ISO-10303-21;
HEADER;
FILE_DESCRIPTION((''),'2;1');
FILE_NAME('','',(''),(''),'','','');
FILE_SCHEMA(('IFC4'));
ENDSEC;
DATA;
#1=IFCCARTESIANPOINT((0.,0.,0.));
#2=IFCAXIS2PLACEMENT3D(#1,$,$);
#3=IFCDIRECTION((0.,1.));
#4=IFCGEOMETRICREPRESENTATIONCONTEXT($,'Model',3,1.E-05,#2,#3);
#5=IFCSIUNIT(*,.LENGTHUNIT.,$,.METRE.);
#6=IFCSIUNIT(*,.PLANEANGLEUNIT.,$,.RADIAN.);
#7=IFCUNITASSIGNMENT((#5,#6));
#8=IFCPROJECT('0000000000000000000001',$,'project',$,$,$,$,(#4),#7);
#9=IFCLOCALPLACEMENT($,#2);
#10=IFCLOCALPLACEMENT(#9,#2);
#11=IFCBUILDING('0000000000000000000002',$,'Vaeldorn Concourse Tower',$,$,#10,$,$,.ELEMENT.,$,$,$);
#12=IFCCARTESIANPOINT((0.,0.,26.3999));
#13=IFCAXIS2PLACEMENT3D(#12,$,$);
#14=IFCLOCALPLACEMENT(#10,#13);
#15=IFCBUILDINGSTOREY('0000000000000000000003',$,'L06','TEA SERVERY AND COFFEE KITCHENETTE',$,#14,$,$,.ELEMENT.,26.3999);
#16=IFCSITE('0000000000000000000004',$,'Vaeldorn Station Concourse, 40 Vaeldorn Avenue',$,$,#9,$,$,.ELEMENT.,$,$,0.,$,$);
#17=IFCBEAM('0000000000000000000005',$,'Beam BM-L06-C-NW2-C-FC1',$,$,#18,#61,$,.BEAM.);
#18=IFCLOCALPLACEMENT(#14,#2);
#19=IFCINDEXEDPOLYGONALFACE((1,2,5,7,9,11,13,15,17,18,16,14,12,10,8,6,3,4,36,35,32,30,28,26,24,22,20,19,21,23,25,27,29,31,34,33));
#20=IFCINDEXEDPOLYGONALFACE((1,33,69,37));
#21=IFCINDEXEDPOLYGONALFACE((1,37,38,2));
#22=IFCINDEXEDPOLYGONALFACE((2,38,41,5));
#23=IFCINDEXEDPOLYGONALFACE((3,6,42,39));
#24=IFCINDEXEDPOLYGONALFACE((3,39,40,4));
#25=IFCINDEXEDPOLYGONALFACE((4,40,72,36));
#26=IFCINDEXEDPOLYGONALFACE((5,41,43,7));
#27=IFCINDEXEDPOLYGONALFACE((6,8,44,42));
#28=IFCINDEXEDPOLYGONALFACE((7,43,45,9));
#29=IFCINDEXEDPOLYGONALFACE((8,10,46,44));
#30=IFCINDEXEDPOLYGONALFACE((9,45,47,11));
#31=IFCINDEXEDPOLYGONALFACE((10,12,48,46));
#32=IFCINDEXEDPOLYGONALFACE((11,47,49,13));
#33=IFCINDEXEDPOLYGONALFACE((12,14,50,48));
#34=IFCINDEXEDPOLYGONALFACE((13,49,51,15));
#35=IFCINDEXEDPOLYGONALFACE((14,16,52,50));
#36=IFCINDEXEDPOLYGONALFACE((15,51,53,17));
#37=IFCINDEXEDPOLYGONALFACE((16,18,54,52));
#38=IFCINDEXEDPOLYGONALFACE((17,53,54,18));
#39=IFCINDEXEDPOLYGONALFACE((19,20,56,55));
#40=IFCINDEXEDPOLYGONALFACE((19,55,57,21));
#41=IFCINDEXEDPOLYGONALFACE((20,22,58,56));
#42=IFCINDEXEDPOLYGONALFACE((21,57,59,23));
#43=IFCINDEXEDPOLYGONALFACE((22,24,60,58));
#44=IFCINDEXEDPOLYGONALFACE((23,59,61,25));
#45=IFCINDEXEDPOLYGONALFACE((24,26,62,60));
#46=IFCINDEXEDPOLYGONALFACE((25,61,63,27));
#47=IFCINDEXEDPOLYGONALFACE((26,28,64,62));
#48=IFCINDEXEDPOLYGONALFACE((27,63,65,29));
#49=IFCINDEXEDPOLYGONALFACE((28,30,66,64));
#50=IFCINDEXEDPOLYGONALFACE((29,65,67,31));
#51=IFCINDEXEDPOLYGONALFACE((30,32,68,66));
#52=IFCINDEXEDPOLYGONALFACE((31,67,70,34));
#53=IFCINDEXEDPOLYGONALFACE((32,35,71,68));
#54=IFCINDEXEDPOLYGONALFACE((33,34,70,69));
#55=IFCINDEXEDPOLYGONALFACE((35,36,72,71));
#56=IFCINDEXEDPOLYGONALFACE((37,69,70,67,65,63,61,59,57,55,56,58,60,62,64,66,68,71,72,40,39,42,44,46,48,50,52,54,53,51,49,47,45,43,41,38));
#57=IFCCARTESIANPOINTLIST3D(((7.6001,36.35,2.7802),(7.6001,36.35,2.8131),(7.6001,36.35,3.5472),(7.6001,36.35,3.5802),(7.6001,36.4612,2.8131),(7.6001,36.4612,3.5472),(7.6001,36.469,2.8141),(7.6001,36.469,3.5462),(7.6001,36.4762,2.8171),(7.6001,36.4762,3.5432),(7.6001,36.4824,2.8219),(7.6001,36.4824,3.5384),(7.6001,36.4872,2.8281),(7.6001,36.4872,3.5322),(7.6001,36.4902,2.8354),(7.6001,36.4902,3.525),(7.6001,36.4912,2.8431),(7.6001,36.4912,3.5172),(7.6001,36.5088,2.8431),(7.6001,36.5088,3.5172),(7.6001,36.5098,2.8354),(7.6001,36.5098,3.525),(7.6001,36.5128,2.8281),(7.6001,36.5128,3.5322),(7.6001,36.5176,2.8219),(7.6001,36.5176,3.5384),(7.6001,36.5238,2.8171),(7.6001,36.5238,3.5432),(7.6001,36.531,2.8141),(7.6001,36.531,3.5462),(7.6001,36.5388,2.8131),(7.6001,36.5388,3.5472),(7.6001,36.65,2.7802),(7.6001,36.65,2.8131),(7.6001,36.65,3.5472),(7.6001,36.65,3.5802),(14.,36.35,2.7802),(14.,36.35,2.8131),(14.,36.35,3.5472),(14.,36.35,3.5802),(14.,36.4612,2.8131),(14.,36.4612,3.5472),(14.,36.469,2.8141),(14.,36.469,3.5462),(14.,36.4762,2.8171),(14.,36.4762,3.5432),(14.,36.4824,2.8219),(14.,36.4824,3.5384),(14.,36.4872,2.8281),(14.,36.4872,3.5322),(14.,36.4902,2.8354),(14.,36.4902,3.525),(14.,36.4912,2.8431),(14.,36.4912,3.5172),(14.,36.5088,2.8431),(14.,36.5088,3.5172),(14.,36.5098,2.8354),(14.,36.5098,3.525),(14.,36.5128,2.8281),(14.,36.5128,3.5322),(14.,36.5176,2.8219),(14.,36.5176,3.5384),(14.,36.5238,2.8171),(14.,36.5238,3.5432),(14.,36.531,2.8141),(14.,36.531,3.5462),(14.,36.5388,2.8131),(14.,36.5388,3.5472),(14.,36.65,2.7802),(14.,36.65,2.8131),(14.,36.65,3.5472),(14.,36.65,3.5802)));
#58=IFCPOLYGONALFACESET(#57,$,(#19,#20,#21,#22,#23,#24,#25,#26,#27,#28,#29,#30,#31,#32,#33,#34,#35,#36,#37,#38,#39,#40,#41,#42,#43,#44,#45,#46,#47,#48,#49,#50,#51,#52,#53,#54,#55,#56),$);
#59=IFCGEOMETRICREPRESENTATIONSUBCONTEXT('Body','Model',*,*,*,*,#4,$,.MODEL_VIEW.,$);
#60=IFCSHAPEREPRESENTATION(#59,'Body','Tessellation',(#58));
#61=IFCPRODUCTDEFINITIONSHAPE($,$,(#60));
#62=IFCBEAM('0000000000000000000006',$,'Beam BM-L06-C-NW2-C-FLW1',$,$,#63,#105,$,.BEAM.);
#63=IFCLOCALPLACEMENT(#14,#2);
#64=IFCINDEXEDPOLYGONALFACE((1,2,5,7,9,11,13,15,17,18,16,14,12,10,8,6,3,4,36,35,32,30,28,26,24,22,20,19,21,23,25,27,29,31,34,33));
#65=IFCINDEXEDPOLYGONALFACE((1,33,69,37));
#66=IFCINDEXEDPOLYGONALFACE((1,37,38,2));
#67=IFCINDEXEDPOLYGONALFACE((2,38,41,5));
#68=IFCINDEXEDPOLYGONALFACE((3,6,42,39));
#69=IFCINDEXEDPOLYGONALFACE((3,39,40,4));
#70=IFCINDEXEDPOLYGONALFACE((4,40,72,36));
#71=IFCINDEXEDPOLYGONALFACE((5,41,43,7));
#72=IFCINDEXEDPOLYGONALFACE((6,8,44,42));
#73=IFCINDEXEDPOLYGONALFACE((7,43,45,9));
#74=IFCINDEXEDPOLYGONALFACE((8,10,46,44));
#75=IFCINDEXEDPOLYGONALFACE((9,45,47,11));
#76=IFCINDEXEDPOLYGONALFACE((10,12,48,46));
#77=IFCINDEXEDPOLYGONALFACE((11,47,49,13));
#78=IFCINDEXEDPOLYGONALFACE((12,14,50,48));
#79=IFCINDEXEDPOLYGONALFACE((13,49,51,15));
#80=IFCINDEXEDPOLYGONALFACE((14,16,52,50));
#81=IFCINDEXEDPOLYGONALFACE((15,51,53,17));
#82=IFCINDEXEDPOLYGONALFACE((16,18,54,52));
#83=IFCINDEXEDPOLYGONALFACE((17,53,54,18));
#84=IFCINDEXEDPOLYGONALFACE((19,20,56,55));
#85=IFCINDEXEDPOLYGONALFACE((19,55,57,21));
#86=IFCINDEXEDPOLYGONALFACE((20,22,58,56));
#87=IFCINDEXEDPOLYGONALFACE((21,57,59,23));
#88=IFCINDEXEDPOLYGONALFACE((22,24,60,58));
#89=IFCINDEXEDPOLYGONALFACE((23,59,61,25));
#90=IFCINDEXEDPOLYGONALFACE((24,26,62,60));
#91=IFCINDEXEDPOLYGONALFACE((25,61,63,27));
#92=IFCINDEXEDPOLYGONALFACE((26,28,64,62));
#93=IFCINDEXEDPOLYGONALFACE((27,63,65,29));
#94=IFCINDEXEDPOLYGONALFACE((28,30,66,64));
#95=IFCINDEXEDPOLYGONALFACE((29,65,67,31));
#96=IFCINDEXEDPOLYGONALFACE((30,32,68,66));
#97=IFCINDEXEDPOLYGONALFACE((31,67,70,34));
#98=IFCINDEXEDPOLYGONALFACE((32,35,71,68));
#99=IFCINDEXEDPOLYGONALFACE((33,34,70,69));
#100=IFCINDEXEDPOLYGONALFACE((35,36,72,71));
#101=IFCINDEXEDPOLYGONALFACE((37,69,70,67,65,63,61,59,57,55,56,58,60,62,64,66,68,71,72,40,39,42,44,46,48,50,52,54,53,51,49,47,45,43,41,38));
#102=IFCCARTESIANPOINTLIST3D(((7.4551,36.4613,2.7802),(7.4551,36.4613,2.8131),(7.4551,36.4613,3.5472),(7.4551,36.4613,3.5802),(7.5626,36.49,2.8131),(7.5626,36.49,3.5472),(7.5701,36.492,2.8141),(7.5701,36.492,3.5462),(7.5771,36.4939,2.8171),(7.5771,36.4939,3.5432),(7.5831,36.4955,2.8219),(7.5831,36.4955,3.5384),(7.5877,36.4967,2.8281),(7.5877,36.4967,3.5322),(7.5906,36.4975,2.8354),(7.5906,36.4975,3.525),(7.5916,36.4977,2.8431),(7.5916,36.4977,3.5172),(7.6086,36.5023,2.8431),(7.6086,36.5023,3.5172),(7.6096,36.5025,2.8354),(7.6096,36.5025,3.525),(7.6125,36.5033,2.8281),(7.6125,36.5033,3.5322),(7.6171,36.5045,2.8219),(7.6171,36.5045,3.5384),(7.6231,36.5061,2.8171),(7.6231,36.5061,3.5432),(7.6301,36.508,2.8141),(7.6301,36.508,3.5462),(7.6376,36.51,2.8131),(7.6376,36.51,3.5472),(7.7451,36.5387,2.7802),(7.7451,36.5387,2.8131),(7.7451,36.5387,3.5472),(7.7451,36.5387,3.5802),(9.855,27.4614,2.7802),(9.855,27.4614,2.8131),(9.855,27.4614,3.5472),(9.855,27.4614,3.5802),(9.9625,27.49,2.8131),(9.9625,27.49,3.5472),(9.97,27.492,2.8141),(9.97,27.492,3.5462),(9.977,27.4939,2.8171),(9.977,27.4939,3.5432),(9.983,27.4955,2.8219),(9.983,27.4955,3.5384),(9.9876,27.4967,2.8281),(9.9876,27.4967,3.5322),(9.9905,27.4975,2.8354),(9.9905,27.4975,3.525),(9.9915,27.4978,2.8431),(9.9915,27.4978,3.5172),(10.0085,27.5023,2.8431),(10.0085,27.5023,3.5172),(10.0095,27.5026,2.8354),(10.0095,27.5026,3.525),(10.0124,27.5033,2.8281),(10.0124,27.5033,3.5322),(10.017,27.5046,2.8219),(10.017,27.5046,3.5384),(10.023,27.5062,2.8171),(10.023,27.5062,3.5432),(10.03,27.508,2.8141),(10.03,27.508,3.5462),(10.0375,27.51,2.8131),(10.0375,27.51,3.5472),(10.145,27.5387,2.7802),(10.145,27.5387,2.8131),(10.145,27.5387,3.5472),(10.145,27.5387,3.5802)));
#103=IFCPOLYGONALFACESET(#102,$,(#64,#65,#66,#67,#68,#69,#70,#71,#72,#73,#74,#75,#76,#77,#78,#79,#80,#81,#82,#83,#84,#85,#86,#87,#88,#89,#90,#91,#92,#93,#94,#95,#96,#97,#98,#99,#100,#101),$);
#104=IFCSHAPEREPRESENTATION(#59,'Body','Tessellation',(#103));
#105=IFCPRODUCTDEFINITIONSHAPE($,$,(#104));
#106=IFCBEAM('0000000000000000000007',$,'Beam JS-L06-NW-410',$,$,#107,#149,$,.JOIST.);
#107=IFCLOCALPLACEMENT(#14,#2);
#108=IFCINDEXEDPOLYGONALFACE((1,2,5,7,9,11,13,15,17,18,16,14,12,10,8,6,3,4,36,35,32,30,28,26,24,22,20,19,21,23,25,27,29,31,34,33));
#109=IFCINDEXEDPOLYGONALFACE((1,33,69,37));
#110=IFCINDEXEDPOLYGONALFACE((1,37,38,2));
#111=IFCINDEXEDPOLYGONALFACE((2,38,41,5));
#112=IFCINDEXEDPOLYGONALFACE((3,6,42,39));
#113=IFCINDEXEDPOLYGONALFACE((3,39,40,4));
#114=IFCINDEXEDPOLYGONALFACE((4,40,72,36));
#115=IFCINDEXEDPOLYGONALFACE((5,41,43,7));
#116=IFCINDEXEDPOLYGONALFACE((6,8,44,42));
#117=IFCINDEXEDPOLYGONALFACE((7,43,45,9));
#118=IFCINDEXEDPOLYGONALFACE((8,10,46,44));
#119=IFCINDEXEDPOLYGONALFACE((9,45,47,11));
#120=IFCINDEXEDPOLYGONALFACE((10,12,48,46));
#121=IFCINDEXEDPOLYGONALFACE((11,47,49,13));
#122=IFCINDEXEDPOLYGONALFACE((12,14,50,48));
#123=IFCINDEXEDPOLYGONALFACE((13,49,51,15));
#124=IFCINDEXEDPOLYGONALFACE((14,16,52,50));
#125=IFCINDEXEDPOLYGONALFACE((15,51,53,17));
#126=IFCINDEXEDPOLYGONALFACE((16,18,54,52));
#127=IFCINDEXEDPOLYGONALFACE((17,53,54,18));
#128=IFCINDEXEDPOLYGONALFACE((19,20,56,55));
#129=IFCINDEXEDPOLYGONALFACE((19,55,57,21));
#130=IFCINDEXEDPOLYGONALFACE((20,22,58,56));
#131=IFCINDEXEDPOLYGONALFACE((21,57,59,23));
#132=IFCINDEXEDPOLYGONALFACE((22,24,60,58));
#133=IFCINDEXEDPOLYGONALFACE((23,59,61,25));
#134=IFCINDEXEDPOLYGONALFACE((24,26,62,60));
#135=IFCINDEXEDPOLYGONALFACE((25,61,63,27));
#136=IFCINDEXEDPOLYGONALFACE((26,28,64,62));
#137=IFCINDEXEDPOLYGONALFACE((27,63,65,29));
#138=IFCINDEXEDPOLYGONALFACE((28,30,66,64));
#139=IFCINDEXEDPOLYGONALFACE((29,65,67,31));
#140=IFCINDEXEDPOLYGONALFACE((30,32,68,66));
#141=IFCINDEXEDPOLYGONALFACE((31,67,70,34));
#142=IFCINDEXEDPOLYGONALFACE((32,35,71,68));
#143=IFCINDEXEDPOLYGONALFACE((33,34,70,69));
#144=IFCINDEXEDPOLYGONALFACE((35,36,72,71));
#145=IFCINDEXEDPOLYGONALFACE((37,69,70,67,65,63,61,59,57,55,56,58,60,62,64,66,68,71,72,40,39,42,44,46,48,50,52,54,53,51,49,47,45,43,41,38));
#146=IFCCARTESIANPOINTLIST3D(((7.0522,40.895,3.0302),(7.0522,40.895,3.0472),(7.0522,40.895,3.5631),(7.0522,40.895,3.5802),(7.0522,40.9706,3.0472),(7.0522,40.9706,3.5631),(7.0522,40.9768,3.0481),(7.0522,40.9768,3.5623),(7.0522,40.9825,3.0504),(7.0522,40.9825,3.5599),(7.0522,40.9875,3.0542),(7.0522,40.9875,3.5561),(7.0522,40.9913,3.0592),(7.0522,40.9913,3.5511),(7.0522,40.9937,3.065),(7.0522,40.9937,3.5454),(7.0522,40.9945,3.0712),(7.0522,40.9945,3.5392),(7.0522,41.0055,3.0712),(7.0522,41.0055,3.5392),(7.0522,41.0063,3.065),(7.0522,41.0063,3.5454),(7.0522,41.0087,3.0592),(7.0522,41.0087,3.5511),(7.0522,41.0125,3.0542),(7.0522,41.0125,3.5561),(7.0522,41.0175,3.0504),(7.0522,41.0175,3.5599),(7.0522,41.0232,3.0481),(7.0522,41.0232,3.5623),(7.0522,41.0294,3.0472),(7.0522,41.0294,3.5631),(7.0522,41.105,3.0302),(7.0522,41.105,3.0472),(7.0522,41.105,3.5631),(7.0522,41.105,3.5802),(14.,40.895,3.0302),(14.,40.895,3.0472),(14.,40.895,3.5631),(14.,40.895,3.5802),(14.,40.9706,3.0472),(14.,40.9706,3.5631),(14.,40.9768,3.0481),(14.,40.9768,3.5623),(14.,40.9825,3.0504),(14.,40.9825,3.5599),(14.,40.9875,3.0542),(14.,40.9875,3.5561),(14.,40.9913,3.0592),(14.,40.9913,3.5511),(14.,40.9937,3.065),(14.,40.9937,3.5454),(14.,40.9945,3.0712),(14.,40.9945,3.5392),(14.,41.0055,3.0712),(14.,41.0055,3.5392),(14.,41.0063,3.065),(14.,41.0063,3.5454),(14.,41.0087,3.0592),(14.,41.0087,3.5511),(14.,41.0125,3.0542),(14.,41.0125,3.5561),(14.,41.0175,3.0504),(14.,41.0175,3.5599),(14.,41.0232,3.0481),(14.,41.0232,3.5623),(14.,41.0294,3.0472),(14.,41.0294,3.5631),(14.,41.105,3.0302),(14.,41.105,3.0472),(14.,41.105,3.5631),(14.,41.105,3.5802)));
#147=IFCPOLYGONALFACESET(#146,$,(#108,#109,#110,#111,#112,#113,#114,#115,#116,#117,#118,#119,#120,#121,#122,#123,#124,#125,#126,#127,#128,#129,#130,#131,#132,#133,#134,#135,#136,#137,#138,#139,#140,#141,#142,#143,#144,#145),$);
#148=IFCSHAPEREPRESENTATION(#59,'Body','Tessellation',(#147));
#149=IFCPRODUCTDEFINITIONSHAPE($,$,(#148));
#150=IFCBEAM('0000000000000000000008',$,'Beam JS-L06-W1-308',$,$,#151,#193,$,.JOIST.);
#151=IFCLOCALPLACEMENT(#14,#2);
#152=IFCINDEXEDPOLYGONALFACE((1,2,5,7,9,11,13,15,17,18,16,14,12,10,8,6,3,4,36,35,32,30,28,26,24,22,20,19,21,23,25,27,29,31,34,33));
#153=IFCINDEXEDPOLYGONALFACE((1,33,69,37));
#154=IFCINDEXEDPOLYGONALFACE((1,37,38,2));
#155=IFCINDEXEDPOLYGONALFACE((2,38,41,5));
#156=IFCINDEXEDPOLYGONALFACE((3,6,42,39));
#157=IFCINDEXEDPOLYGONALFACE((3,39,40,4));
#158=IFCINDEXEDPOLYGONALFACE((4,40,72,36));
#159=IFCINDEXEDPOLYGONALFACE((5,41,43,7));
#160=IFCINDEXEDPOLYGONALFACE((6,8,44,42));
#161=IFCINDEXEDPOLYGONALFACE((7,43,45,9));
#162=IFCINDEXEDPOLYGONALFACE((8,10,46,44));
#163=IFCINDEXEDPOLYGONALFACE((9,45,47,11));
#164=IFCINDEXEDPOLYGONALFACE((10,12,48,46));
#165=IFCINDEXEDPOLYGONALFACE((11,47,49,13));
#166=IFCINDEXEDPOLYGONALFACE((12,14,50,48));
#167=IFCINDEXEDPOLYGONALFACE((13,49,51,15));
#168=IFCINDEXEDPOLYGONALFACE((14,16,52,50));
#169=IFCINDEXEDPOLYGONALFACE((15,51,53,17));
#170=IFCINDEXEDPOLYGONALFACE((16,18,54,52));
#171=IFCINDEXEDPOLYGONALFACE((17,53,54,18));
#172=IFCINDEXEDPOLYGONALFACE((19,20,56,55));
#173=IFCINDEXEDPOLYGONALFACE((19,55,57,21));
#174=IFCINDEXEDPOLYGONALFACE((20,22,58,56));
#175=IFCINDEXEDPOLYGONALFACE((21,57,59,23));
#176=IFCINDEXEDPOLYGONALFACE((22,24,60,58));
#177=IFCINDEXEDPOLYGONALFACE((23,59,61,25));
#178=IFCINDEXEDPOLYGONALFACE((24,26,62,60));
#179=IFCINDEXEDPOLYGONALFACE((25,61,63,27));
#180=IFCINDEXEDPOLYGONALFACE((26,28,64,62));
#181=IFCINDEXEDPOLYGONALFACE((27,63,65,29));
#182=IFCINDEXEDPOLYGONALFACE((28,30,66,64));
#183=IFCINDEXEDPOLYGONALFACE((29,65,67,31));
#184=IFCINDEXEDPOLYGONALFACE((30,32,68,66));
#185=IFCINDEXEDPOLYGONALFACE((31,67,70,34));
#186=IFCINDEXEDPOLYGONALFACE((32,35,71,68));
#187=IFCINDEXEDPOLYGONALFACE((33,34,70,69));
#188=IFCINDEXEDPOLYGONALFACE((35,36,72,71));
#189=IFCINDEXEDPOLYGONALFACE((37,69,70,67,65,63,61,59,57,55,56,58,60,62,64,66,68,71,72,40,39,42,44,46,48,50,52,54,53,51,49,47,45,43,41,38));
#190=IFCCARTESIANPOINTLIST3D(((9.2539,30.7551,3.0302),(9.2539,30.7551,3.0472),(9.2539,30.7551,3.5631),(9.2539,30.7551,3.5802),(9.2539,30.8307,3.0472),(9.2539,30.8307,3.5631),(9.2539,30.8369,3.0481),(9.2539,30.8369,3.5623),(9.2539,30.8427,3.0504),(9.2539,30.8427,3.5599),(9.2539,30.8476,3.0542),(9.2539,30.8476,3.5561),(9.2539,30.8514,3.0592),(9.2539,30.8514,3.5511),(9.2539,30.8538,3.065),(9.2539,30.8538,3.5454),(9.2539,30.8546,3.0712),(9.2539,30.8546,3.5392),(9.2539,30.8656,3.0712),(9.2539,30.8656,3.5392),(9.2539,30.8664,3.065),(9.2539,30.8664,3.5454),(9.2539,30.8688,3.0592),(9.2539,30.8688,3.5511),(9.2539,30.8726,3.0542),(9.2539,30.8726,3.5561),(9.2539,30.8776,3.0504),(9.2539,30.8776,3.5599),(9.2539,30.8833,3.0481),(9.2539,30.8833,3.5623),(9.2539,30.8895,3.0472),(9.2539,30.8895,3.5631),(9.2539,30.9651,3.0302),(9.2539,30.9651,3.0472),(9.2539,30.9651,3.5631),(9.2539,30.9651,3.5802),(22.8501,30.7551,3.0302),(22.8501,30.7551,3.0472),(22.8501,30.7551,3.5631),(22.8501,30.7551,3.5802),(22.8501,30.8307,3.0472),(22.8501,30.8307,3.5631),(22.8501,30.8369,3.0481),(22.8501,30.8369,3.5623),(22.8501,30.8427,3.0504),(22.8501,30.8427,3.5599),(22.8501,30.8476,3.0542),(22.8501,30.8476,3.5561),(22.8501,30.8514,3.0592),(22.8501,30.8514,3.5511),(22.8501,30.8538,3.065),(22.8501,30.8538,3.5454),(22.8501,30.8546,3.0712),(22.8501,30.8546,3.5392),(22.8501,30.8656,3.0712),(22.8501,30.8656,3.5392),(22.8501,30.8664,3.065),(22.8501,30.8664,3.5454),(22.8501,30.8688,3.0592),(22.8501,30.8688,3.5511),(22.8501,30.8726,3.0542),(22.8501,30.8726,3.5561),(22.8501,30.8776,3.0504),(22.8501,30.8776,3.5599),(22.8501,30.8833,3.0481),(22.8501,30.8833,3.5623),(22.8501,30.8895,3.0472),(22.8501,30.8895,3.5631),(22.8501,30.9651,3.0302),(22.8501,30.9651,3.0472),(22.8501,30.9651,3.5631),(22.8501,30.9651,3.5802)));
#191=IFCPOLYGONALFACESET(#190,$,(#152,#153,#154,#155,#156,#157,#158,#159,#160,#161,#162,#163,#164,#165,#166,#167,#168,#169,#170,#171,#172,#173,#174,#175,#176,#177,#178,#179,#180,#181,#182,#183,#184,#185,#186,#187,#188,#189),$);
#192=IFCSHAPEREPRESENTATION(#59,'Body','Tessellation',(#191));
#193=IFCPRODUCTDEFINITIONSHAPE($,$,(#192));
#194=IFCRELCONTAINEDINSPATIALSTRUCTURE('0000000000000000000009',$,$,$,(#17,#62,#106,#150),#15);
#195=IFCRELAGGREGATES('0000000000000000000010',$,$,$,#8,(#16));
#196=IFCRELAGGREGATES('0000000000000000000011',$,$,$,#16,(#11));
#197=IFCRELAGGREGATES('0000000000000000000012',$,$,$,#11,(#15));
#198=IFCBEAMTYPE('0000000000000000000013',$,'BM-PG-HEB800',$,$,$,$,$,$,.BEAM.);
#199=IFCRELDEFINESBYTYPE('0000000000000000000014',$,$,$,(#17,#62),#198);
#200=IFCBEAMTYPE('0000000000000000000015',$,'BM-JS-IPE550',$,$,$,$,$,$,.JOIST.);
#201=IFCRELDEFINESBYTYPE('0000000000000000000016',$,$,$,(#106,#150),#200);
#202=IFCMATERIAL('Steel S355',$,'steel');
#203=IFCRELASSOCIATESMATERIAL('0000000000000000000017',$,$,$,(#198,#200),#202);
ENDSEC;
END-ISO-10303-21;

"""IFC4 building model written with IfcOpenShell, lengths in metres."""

from ifc_helpers import new_model, si_unit, direction, frame, origin, origin_2d, place, context, subcontext, project, spatial, i_section, extrude, source, transform, mapped, material, material_profile, profile_set, type_object, element, save


model = new_model("IFC4")

# Units and contexts
model_context = context("Model", 3, precision=1e-05, world=origin(), true_north=direction((0.0, 1.0)))
body_context = subcontext(model_context, "Body", "Model", "MODEL_VIEW")
ifc_project = project(units=[si_unit("LENGTHUNIT", "METRE"), si_unit("PLANEANGLEUNIT", "RADIAN")], contexts=[model_context])

# Site, building, storey
site_placement = place(None, origin())
site = spatial("IfcSite", under=ifc_project, at=site_placement, Name="Vaeldorn Station Concourse, 40 Vaeldorn Avenue", CompositionType="ELEMENT", RefElevation=0.0)
building_placement = place(site_placement, origin())
building = spatial("IfcBuilding", under=site, at=building_placement, Name="Vaeldorn Concourse Tower", CompositionType="ELEMENT")
storey_placement = place(building_placement, frame((0.0, 0.0, 26.3999)))
storey = spatial("IfcBuildingStorey", under=building, at=storey_placement, Name="L06", Description="TEA SERVERY AND COFFEE KITCHENETTE", CompositionType="ELEMENT", Elevation=26.3999)

# Beams
ifc_material_1 = material(Name="Steel S355", Category="steel")
ifc_material_profile_1 = material_profile(ifc_material_1, i_section(OverallWidth=0.3, OverallDepth=0.8, WebThickness=0.0176, FlangeThickness=0.033, FilletRadius=0.03, at=origin_2d()), Name="HEB 800")
ifc_profile_set_1 = profile_set([ifc_material_profile_1], Name="Steel S355")
beam_type_1 = type_object("IfcBeamType", Name="BM-PG-HEB800", PredefinedType="BEAM", material=ifc_profile_set_1)
shared_shape_1 = source(origin(), body_context, "Body", "SweptSolid", [
    extrude(i_section(OverallWidth=0.3, OverallDepth=0.8, WebThickness=0.0176, FlangeThickness=0.033, FilletRadius=0.03, at=origin_2d()), origin(), (0.0, 0.0, 1.0), 6.3999),
])
beam_1_placement = place(storey_placement, frame((7.6001, 36.5, 3.1802), z_axis=(1.0, 0.0, 0.0), x_axis=(0.0, 1.0, 0.0)))
element("IfcBeam", 1, at=beam_1_placement, inside=storey, type_object=beam_type_1, Name="Beam BM-L06-C-NW2-C-FC1", PredefinedType="BEAM", context=body_context, shape_type="MappedRepresentation", body=[
    mapped(shared_shape_1, transform((0.0, 0.0, 0.0), scale=1.0)),
])
shared_shape_2 = source(origin(), body_context, "Body", "SweptSolid", [
    extrude(i_section(OverallWidth=0.3, OverallDepth=0.8, WebThickness=0.0176, FlangeThickness=0.033, FilletRadius=0.03, at=origin_2d()), origin(), (0.0, 0.0, 1.0), 9.3145),
])
beam_2_placement = place(storey_placement, frame((7.6001, 36.5, 3.1802), z_axis=(0.257653, -0.966238, 0.0), x_axis=(0.966238, 0.257653, 0.0)))
element("IfcBeam", 2, at=beam_2_placement, inside=storey, type_object=beam_type_1, Name="Beam BM-L06-C-NW2-C-FLW1", PredefinedType="BEAM", context=body_context, shape_type="MappedRepresentation", body=[
    mapped(shared_shape_2, transform((0.0, 0.0, 0.0), scale=1.0)),
])
ifc_material_profile_2 = material_profile(ifc_material_1, i_section(OverallWidth=0.21, OverallDepth=0.55, WebThickness=0.011, FlangeThickness=0.0171, FilletRadius=0.0239, at=origin_2d()), Name="IPE 550")
ifc_profile_set_2 = profile_set([ifc_material_profile_2], Name="Steel S355")
beam_type_2 = type_object("IfcBeamType", Name="BM-JS-IPE550", PredefinedType="JOIST", material=ifc_profile_set_2)
shared_shape_3 = source(origin(), body_context, "Body", "SweptSolid", [
    extrude(i_section(OverallWidth=0.21, OverallDepth=0.55, WebThickness=0.011, FlangeThickness=0.0171, FilletRadius=0.0239, at=origin_2d()), origin(), (0.0, 0.0, 1.0), 6.9478),
])
beam_3_placement = place(storey_placement, frame((7.0522, 41.0, 3.3052), z_axis=(1.0, 0.0, 0.0), x_axis=(0.0, 1.0, 0.0)))
element("IfcBeam", 3, at=beam_3_placement, inside=storey, type_object=beam_type_2, Name="Beam JS-L06-NW-410", PredefinedType="JOIST", context=body_context, shape_type="MappedRepresentation", body=[
    mapped(shared_shape_3, transform((0.0, 0.0, 0.0), scale=1.0)),
])
shared_shape_4 = source(origin(), body_context, "Body", "SweptSolid", [
    extrude(i_section(OverallWidth=0.21, OverallDepth=0.55, WebThickness=0.011, FlangeThickness=0.0171, FilletRadius=0.0239, at=origin_2d()), origin(), (0.0, 0.0, 1.0), 13.5962),
])
beam_4_placement = place(storey_placement, frame((9.2539, 30.8601, 3.3052), z_axis=(1.0, 0.0, 0.0), x_axis=(0.0, 1.0, 0.0)))
element("IfcBeam", 4, at=beam_4_placement, inside=storey, type_object=beam_type_2, Name="Beam JS-L06-W1-308", PredefinedType="JOIST", context=body_context, shape_type="MappedRepresentation", body=[
    mapped(shared_shape_4, transform((0.0, 0.0, 0.0), scale=1.0)),
])

save(model, "model.ifc")
